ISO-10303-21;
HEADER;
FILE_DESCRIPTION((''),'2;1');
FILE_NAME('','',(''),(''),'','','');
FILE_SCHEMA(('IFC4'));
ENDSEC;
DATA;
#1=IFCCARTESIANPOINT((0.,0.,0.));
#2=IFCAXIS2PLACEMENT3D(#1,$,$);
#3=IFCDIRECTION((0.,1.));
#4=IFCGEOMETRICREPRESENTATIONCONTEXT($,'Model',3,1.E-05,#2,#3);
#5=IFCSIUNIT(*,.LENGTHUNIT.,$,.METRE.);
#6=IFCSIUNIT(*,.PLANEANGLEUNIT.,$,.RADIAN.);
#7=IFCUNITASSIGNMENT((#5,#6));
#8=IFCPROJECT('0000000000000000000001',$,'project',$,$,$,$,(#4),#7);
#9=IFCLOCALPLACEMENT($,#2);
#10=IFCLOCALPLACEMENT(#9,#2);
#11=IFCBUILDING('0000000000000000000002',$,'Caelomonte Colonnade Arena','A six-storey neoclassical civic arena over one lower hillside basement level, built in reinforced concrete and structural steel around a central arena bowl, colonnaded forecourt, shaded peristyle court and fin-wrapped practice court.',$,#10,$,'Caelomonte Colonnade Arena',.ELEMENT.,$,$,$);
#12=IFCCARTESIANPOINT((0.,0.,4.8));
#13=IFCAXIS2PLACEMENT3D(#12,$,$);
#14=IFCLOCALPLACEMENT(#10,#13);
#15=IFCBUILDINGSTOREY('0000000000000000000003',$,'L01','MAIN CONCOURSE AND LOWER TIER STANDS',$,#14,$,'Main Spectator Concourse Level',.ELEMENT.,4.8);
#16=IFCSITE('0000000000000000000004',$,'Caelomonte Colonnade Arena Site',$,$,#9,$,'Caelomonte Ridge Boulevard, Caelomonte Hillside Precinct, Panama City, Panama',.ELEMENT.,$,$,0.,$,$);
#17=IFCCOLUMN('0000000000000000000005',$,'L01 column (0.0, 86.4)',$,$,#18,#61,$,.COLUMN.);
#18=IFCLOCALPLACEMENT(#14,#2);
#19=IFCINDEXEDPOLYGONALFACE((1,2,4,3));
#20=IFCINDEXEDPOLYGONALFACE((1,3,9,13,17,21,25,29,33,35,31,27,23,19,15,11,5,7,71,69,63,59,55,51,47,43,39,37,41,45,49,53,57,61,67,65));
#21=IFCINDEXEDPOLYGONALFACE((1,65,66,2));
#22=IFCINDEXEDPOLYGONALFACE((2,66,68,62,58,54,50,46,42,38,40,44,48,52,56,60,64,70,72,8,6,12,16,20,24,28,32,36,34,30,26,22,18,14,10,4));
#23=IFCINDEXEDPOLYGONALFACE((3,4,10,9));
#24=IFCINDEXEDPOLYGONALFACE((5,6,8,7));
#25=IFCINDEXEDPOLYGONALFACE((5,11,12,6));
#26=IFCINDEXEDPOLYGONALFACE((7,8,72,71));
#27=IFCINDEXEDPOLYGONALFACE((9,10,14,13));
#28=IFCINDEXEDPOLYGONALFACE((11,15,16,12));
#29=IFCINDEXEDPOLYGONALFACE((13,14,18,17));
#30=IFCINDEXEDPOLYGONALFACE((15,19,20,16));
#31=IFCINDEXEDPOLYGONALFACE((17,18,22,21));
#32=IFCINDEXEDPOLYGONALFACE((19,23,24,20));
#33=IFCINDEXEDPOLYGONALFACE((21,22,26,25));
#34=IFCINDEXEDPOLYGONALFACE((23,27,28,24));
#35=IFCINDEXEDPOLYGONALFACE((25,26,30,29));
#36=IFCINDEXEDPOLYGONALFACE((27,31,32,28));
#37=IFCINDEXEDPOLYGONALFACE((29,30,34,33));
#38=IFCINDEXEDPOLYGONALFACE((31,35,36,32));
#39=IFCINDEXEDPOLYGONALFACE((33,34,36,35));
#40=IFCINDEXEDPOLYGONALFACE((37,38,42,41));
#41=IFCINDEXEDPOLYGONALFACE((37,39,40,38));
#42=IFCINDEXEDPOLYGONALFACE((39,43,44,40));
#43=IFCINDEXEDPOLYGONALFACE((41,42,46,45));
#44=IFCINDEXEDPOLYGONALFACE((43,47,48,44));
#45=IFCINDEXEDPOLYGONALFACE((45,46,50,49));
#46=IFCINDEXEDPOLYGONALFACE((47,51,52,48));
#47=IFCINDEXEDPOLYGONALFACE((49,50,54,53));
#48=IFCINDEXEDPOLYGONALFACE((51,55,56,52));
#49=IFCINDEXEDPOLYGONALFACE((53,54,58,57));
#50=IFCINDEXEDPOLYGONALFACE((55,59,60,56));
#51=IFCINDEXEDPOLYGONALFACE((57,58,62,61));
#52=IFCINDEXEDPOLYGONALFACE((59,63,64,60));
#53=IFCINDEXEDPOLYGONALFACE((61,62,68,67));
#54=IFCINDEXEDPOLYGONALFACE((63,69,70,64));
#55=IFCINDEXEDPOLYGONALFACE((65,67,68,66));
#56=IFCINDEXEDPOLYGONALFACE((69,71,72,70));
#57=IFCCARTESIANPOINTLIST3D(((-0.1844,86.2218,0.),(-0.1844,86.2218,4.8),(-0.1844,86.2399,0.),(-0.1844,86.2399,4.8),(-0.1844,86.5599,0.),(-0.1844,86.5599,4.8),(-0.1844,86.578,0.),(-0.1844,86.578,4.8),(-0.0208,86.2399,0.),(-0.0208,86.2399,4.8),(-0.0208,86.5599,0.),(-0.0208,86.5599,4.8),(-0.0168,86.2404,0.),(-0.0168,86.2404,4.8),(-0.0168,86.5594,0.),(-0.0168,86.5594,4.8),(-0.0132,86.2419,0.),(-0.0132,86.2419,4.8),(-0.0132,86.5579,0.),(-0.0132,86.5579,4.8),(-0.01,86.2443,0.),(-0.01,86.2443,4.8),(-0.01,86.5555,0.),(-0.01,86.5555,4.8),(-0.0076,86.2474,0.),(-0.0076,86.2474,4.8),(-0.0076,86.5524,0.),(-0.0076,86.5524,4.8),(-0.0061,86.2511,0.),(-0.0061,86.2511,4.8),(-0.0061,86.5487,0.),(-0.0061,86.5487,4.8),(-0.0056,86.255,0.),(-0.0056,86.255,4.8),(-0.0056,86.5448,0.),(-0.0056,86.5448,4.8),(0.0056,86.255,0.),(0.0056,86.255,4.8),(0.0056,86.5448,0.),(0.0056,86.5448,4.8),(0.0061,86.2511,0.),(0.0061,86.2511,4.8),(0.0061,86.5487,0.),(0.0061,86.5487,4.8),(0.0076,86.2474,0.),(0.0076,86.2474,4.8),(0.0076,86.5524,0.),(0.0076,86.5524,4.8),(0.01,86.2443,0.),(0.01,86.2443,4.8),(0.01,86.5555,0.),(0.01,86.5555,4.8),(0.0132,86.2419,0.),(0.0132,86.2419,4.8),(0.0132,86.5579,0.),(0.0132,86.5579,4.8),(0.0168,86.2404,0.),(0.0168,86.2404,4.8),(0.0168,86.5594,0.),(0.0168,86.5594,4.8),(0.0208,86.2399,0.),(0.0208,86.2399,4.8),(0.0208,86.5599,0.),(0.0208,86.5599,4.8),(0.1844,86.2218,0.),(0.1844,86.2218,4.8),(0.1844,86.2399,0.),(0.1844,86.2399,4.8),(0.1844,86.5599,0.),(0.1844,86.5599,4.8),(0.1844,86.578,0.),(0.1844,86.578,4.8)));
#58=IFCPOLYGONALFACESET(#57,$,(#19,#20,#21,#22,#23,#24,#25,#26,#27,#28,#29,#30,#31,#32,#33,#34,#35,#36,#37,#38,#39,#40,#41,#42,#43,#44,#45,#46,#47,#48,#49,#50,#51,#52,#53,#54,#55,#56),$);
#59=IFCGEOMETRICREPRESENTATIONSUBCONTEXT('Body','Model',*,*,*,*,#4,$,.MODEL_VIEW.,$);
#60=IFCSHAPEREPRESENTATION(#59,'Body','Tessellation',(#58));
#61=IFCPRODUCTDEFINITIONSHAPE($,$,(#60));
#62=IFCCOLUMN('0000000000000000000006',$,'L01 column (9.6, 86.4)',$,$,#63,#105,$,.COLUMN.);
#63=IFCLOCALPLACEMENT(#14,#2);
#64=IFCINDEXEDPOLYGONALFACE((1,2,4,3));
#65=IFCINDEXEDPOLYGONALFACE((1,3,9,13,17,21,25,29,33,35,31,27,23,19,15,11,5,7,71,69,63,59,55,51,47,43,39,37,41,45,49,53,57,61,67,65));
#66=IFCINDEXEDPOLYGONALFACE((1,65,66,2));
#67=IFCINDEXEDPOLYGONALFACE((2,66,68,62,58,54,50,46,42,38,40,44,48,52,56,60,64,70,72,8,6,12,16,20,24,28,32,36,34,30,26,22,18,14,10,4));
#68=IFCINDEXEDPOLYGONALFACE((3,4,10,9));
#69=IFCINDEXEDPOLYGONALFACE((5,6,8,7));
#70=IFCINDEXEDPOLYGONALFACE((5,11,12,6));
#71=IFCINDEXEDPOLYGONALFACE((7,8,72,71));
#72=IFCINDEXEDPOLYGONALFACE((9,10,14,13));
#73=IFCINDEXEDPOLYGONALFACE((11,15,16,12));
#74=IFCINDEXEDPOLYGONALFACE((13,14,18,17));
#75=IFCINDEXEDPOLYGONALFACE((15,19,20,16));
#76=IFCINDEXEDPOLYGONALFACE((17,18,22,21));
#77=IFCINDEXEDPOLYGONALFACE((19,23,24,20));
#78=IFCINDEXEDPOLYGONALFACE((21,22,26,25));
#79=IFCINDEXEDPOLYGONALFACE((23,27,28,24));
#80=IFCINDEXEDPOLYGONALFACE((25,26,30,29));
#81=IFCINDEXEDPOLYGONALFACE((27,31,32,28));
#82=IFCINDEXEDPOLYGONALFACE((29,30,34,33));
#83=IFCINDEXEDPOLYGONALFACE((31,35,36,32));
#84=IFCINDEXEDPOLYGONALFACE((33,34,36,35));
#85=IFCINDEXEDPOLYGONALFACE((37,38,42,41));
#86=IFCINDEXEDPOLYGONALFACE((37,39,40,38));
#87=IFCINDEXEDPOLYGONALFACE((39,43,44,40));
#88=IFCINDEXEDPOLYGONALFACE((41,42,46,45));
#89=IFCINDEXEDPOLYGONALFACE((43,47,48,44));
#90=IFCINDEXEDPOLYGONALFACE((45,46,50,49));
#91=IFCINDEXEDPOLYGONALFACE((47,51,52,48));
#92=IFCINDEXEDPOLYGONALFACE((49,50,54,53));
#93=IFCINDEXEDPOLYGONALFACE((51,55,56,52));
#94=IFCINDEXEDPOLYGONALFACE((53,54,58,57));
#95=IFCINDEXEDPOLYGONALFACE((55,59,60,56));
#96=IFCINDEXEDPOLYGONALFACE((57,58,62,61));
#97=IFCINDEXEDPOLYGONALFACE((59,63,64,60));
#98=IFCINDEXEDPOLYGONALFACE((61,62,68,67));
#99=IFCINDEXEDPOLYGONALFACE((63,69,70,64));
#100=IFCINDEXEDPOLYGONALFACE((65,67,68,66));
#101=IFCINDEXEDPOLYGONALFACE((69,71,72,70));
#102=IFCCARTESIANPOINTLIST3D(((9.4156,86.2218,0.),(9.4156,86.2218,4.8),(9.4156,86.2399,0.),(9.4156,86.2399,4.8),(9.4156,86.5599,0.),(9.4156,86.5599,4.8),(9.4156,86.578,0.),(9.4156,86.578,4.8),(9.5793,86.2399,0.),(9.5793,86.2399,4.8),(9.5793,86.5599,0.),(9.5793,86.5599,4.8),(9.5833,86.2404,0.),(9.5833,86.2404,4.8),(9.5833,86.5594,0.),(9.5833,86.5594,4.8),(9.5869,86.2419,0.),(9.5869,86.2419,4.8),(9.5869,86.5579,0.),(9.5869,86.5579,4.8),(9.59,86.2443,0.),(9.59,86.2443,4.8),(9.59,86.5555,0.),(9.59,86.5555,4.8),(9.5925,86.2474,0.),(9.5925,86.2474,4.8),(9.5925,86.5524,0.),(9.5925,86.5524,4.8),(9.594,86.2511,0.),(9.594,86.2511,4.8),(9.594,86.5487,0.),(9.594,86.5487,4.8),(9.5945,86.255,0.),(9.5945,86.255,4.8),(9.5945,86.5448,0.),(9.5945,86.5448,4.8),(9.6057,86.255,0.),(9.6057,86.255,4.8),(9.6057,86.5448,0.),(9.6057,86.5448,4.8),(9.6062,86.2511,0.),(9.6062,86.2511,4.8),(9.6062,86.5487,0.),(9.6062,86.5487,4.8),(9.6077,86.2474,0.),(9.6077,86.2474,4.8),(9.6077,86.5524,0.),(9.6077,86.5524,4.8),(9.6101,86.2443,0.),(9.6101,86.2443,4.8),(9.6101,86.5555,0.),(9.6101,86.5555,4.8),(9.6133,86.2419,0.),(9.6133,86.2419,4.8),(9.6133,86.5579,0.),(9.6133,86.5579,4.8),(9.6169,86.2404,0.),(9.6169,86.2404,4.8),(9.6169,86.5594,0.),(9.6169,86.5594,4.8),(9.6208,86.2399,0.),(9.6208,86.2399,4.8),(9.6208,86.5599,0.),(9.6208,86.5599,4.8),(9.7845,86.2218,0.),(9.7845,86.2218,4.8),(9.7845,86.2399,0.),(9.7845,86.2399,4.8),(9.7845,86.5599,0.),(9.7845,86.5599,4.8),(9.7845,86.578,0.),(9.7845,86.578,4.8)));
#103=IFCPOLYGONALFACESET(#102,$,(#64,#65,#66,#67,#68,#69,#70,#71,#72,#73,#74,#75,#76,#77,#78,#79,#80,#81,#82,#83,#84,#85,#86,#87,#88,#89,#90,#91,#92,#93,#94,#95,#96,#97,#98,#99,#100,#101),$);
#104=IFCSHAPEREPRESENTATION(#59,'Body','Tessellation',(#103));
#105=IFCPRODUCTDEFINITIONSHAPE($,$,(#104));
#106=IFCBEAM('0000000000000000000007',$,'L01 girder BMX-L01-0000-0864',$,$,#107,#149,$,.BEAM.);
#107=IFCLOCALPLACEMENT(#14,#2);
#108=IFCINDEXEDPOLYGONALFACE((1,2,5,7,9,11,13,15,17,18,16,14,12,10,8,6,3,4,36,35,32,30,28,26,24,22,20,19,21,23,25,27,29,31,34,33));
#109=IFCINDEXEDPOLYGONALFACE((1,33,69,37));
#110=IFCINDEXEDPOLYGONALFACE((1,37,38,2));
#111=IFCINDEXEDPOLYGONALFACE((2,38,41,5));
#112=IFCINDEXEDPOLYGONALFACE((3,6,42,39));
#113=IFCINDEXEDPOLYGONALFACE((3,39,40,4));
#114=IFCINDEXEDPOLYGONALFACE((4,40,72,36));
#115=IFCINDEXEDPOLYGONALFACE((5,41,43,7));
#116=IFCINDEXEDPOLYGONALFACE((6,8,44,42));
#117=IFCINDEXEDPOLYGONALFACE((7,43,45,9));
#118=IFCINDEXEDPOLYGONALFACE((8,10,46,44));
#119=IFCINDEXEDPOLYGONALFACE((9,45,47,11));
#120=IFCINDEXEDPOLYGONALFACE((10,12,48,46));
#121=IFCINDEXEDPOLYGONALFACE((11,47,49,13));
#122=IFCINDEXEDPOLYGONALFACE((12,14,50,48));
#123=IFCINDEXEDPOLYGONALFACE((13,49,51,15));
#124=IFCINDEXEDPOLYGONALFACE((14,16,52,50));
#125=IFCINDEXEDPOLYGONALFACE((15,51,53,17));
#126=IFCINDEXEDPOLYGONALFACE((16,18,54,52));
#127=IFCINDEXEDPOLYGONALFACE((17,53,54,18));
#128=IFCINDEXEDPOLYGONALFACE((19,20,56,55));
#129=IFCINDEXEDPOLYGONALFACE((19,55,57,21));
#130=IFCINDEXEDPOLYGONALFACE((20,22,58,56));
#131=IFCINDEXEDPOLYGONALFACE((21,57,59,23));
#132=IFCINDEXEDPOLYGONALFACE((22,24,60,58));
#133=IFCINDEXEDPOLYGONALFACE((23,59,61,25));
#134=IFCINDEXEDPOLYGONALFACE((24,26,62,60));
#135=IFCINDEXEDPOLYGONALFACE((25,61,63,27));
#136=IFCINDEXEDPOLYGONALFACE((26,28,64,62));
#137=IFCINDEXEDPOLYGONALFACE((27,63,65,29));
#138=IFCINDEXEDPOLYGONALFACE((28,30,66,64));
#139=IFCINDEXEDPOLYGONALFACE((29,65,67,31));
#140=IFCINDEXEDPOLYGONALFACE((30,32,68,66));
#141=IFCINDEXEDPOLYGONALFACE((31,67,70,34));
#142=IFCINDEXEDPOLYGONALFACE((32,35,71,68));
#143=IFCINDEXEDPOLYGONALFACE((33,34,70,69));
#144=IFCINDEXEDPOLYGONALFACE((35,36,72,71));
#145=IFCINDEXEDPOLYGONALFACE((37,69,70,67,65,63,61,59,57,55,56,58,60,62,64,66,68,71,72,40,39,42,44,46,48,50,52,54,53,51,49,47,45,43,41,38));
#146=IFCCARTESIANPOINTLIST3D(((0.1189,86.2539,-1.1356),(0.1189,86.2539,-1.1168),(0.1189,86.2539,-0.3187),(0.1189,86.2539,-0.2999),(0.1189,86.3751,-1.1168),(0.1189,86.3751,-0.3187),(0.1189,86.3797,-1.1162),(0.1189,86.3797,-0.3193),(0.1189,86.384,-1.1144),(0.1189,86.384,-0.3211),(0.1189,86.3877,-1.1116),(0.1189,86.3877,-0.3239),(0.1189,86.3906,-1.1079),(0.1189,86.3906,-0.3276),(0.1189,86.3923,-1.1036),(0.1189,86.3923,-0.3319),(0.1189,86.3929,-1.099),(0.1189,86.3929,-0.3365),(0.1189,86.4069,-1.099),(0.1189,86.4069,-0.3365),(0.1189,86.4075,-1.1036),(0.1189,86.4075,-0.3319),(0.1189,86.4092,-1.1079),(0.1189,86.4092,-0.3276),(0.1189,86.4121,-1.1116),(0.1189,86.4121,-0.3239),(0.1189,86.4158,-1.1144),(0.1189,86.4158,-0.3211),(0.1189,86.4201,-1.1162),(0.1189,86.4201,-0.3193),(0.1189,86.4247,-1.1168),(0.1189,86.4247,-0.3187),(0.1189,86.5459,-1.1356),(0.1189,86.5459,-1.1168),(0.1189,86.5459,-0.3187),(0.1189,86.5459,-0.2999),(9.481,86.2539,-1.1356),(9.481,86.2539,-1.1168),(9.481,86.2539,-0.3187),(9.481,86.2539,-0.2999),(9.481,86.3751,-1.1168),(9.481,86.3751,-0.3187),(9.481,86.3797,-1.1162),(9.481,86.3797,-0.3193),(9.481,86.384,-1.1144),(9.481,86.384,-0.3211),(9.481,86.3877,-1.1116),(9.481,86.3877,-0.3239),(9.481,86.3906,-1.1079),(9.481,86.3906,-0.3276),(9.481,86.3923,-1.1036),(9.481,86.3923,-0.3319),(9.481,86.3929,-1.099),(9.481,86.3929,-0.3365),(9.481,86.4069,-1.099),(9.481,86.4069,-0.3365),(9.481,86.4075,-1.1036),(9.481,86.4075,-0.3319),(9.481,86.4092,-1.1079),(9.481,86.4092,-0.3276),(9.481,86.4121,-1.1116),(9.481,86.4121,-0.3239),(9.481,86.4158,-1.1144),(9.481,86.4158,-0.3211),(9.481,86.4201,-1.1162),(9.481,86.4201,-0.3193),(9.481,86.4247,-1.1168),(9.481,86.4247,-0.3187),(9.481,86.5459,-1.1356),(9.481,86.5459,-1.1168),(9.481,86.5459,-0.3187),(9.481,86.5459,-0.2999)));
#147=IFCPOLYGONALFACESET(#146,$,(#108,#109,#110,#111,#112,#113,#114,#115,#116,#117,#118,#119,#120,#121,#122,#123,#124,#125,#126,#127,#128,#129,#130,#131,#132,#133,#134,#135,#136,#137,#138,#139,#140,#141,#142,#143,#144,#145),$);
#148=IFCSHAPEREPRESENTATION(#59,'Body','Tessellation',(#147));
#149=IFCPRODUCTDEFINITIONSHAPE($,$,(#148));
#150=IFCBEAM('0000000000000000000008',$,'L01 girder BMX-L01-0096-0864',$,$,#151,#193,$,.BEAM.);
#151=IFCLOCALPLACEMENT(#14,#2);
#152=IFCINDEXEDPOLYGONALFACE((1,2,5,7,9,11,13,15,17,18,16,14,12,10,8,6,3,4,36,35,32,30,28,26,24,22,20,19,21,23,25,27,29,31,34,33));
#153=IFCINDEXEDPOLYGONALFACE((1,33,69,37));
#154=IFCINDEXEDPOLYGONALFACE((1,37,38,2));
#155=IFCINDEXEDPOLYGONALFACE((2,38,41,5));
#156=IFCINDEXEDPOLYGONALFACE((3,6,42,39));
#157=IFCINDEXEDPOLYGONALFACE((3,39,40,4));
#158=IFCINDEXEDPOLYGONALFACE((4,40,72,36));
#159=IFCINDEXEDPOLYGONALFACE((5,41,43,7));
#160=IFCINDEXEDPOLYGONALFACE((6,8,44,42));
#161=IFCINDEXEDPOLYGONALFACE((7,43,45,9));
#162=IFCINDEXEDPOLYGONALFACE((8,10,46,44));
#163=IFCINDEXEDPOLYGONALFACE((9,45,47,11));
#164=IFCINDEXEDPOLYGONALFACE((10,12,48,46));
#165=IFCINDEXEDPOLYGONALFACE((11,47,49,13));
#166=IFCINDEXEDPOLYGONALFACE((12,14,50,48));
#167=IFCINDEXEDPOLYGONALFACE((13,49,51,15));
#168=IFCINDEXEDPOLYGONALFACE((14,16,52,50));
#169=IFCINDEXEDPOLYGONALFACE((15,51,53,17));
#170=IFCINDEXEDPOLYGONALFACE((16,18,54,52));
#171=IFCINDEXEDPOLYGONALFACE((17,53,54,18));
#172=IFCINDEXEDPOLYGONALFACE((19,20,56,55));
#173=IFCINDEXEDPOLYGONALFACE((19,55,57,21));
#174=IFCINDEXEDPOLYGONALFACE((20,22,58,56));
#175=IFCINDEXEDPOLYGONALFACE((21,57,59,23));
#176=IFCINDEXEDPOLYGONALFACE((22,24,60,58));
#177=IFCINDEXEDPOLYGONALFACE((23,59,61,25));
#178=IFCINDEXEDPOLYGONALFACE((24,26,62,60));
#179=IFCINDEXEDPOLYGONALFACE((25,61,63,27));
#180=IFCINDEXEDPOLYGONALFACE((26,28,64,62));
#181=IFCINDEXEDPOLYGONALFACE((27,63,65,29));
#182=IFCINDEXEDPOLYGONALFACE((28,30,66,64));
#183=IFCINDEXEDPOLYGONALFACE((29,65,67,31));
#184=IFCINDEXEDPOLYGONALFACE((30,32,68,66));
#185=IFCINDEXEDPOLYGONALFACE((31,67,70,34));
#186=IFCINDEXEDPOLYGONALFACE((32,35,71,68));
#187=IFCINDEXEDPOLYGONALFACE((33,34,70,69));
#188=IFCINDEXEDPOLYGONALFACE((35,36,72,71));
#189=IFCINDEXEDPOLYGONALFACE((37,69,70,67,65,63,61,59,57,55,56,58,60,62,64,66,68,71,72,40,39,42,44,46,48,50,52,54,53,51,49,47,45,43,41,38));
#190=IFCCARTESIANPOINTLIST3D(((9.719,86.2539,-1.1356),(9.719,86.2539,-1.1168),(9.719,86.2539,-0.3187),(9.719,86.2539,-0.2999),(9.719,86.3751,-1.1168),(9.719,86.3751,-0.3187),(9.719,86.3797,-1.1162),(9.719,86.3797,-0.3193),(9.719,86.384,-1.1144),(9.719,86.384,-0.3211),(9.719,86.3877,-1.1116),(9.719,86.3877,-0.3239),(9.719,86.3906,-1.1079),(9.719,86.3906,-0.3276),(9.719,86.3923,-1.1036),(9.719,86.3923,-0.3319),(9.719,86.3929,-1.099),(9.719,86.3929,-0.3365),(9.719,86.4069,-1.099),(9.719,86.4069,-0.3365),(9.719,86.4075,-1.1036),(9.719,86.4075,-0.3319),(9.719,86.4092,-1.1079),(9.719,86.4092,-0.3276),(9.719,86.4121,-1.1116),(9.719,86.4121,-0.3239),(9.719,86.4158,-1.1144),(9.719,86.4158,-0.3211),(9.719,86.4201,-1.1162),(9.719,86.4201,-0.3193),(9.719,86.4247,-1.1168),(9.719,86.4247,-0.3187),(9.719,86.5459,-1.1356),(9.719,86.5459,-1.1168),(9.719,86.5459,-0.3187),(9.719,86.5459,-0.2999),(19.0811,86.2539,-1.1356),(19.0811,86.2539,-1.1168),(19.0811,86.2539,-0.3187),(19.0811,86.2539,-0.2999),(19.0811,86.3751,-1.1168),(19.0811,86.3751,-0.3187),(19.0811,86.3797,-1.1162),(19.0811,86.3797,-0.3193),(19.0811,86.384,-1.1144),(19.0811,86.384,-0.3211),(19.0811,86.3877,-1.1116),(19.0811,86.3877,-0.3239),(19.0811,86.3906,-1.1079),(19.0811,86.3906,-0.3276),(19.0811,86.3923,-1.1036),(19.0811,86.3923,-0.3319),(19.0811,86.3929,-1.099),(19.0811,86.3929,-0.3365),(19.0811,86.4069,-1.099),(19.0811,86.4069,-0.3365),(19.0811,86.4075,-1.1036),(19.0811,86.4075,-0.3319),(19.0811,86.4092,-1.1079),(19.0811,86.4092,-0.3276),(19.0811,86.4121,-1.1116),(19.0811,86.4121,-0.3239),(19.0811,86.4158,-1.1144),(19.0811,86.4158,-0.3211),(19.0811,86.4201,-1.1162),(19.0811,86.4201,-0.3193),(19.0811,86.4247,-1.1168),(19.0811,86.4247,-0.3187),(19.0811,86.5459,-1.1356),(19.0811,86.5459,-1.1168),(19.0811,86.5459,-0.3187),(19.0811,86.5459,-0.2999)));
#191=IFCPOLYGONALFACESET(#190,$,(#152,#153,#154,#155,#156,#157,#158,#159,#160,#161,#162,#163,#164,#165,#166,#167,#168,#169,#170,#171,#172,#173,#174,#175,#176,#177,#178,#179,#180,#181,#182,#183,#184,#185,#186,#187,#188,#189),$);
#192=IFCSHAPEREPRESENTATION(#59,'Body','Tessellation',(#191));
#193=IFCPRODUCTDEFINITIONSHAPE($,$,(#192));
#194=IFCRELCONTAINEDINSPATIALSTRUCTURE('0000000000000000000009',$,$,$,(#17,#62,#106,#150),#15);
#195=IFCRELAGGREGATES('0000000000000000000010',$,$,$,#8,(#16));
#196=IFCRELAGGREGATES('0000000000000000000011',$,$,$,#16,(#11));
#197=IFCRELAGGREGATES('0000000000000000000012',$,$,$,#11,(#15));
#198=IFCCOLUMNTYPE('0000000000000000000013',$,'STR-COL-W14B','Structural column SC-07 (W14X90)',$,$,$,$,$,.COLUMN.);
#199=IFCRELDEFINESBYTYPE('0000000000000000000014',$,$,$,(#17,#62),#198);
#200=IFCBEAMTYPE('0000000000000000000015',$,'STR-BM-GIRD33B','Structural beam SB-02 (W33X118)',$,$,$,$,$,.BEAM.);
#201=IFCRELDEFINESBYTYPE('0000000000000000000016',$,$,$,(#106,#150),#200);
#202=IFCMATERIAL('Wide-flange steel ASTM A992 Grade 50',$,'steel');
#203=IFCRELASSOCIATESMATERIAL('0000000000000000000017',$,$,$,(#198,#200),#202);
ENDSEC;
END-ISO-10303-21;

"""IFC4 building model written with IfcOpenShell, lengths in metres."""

from ifc_helpers import new_model, si_unit, direction, frame, origin, origin_2d, place, context, subcontext, project, spatial, i_section, extrude, material, material_profile, profile_set, type_object, element, save


model = new_model("IFC4")

# Units and contexts
model_context = context("Model", 3, precision=1e-05, world=origin(), true_north=direction((0.0, 1.0)))
body_context = subcontext(model_context, "Body", "Model", "MODEL_VIEW")
ifc_project = project(units=[si_unit("LENGTHUNIT", "METRE"), si_unit("PLANEANGLEUNIT", "RADIAN")], contexts=[model_context])

# Site, building, storey
site_placement = place(None, origin())
site = spatial("IfcSite", under=ifc_project, at=site_placement, Name="Caelomonte Colonnade Arena Site", LongName="Caelomonte Ridge Boulevard, Caelomonte Hillside Precinct, Panama City, Panama", CompositionType="ELEMENT", RefElevation=0.0)
building_placement = place(site_placement, origin())
building = spatial("IfcBuilding", under=site, at=building_placement, Name="Caelomonte Colonnade Arena", Description="A six-storey neoclassical civic arena over one lower hillside basement level, built in reinforced concrete and structural steel around a central arena bowl, colonnaded forecourt, shaded peristyle court and fin-wrapped practice court.", LongName="Caelomonte Colonnade Arena", CompositionType="ELEMENT")
storey_placement = place(building_placement, frame((0.0, 0.0, 4.8)))
storey = spatial("IfcBuildingStorey", under=building, at=storey_placement, Name="L01", Description="MAIN CONCOURSE AND LOWER TIER STANDS", LongName="Main Spectator Concourse Level", CompositionType="ELEMENT", Elevation=4.8)

# Columns
ifc_material_1 = material(Name="Wide-flange steel ASTM A992 Grade 50", Category="steel")
ifc_material_profile_1 = material_profile(ifc_material_1, i_section(OverallWidth=0.3689, OverallDepth=0.3562, WebThickness=0.0112, FlangeThickness=0.0181, FilletRadius=0.0151, at=origin_2d()), Name="W14X90")
ifc_profile_set_1 = profile_set([ifc_material_profile_1], Name="Wide-flange steel ASTM A992 Grade 50")
column_type = type_object("IfcColumnType", Name="STR-COL-W14B", Description="Structural column SC-07 (W14X90)", PredefinedType="COLUMN", material=ifc_profile_set_1)
for number, where, z_axis, x_axis, name in (
    (1, (0.0, 86.3999, 0.0), (0.0, 0.0, 1.0), (1.0, 0.0, 0.0), "L01 column (0.0, 86.4)"),
    (2, (9.6001, 86.3999, 0.0), (0.0, 0.0, 1.0), (1.0, 0.0, 0.0), "L01 column (9.6, 86.4)"),
):
    element("IfcColumn", number, at=place(storey_placement, frame(where, z_axis=z_axis, x_axis=x_axis)), inside=storey, type_object=column_type, Name=name, PredefinedType="COLUMN", context=body_context, shape_type="SweptSolid", body=[
        extrude(i_section(OverallWidth=0.3689, OverallDepth=0.3562, WebThickness=0.0112, FlangeThickness=0.0181, FilletRadius=0.0151, at=origin_2d()), origin(), (0.0, 0.0, 1.0), 4.8),
    ])

# Beams
ifc_material_profile_2 = material_profile(ifc_material_1, i_section(OverallWidth=0.292, OverallDepth=0.8357, WebThickness=0.0139, FlangeThickness=0.0188, FilletRadius=0.0178, at=origin_2d()), Name="W33X118")
ifc_profile_set_2 = profile_set([ifc_material_profile_2], Name="Wide-flange steel ASTM A992 Grade 50")
beam_type = type_object("IfcBeamType", Name="STR-BM-GIRD33B", Description="Structural beam SB-02 (W33X118)", PredefinedType="BEAM", material=ifc_profile_set_2)
for number, where, z_axis, x_axis, name in (
    (3, (0.1189, 86.3999, -0.7178), (1.0, 0.0, 0.0), (0.0, 1.0, 0.0), "L01 girder BMX-L01-0000-0864"),
    (4, (9.719, 86.3999, -0.7178), (1.0, 0.0, 0.0), (0.0, 1.0, 0.0), "L01 girder BMX-L01-0096-0864"),
):
    element("IfcBeam", number, at=place(storey_placement, frame(where, z_axis=z_axis, x_axis=x_axis)), inside=storey, type_object=beam_type, Name=name, PredefinedType="BEAM", context=body_context, shape_type="SweptSolid", body=[
        extrude(i_section(OverallWidth=0.292, OverallDepth=0.8357, WebThickness=0.0139, FlangeThickness=0.0188, FilletRadius=0.0178, at=origin_2d()), origin(), (0.0, 0.0, 1.0), 9.3621),
    ])

save(model, "model.ifc")
